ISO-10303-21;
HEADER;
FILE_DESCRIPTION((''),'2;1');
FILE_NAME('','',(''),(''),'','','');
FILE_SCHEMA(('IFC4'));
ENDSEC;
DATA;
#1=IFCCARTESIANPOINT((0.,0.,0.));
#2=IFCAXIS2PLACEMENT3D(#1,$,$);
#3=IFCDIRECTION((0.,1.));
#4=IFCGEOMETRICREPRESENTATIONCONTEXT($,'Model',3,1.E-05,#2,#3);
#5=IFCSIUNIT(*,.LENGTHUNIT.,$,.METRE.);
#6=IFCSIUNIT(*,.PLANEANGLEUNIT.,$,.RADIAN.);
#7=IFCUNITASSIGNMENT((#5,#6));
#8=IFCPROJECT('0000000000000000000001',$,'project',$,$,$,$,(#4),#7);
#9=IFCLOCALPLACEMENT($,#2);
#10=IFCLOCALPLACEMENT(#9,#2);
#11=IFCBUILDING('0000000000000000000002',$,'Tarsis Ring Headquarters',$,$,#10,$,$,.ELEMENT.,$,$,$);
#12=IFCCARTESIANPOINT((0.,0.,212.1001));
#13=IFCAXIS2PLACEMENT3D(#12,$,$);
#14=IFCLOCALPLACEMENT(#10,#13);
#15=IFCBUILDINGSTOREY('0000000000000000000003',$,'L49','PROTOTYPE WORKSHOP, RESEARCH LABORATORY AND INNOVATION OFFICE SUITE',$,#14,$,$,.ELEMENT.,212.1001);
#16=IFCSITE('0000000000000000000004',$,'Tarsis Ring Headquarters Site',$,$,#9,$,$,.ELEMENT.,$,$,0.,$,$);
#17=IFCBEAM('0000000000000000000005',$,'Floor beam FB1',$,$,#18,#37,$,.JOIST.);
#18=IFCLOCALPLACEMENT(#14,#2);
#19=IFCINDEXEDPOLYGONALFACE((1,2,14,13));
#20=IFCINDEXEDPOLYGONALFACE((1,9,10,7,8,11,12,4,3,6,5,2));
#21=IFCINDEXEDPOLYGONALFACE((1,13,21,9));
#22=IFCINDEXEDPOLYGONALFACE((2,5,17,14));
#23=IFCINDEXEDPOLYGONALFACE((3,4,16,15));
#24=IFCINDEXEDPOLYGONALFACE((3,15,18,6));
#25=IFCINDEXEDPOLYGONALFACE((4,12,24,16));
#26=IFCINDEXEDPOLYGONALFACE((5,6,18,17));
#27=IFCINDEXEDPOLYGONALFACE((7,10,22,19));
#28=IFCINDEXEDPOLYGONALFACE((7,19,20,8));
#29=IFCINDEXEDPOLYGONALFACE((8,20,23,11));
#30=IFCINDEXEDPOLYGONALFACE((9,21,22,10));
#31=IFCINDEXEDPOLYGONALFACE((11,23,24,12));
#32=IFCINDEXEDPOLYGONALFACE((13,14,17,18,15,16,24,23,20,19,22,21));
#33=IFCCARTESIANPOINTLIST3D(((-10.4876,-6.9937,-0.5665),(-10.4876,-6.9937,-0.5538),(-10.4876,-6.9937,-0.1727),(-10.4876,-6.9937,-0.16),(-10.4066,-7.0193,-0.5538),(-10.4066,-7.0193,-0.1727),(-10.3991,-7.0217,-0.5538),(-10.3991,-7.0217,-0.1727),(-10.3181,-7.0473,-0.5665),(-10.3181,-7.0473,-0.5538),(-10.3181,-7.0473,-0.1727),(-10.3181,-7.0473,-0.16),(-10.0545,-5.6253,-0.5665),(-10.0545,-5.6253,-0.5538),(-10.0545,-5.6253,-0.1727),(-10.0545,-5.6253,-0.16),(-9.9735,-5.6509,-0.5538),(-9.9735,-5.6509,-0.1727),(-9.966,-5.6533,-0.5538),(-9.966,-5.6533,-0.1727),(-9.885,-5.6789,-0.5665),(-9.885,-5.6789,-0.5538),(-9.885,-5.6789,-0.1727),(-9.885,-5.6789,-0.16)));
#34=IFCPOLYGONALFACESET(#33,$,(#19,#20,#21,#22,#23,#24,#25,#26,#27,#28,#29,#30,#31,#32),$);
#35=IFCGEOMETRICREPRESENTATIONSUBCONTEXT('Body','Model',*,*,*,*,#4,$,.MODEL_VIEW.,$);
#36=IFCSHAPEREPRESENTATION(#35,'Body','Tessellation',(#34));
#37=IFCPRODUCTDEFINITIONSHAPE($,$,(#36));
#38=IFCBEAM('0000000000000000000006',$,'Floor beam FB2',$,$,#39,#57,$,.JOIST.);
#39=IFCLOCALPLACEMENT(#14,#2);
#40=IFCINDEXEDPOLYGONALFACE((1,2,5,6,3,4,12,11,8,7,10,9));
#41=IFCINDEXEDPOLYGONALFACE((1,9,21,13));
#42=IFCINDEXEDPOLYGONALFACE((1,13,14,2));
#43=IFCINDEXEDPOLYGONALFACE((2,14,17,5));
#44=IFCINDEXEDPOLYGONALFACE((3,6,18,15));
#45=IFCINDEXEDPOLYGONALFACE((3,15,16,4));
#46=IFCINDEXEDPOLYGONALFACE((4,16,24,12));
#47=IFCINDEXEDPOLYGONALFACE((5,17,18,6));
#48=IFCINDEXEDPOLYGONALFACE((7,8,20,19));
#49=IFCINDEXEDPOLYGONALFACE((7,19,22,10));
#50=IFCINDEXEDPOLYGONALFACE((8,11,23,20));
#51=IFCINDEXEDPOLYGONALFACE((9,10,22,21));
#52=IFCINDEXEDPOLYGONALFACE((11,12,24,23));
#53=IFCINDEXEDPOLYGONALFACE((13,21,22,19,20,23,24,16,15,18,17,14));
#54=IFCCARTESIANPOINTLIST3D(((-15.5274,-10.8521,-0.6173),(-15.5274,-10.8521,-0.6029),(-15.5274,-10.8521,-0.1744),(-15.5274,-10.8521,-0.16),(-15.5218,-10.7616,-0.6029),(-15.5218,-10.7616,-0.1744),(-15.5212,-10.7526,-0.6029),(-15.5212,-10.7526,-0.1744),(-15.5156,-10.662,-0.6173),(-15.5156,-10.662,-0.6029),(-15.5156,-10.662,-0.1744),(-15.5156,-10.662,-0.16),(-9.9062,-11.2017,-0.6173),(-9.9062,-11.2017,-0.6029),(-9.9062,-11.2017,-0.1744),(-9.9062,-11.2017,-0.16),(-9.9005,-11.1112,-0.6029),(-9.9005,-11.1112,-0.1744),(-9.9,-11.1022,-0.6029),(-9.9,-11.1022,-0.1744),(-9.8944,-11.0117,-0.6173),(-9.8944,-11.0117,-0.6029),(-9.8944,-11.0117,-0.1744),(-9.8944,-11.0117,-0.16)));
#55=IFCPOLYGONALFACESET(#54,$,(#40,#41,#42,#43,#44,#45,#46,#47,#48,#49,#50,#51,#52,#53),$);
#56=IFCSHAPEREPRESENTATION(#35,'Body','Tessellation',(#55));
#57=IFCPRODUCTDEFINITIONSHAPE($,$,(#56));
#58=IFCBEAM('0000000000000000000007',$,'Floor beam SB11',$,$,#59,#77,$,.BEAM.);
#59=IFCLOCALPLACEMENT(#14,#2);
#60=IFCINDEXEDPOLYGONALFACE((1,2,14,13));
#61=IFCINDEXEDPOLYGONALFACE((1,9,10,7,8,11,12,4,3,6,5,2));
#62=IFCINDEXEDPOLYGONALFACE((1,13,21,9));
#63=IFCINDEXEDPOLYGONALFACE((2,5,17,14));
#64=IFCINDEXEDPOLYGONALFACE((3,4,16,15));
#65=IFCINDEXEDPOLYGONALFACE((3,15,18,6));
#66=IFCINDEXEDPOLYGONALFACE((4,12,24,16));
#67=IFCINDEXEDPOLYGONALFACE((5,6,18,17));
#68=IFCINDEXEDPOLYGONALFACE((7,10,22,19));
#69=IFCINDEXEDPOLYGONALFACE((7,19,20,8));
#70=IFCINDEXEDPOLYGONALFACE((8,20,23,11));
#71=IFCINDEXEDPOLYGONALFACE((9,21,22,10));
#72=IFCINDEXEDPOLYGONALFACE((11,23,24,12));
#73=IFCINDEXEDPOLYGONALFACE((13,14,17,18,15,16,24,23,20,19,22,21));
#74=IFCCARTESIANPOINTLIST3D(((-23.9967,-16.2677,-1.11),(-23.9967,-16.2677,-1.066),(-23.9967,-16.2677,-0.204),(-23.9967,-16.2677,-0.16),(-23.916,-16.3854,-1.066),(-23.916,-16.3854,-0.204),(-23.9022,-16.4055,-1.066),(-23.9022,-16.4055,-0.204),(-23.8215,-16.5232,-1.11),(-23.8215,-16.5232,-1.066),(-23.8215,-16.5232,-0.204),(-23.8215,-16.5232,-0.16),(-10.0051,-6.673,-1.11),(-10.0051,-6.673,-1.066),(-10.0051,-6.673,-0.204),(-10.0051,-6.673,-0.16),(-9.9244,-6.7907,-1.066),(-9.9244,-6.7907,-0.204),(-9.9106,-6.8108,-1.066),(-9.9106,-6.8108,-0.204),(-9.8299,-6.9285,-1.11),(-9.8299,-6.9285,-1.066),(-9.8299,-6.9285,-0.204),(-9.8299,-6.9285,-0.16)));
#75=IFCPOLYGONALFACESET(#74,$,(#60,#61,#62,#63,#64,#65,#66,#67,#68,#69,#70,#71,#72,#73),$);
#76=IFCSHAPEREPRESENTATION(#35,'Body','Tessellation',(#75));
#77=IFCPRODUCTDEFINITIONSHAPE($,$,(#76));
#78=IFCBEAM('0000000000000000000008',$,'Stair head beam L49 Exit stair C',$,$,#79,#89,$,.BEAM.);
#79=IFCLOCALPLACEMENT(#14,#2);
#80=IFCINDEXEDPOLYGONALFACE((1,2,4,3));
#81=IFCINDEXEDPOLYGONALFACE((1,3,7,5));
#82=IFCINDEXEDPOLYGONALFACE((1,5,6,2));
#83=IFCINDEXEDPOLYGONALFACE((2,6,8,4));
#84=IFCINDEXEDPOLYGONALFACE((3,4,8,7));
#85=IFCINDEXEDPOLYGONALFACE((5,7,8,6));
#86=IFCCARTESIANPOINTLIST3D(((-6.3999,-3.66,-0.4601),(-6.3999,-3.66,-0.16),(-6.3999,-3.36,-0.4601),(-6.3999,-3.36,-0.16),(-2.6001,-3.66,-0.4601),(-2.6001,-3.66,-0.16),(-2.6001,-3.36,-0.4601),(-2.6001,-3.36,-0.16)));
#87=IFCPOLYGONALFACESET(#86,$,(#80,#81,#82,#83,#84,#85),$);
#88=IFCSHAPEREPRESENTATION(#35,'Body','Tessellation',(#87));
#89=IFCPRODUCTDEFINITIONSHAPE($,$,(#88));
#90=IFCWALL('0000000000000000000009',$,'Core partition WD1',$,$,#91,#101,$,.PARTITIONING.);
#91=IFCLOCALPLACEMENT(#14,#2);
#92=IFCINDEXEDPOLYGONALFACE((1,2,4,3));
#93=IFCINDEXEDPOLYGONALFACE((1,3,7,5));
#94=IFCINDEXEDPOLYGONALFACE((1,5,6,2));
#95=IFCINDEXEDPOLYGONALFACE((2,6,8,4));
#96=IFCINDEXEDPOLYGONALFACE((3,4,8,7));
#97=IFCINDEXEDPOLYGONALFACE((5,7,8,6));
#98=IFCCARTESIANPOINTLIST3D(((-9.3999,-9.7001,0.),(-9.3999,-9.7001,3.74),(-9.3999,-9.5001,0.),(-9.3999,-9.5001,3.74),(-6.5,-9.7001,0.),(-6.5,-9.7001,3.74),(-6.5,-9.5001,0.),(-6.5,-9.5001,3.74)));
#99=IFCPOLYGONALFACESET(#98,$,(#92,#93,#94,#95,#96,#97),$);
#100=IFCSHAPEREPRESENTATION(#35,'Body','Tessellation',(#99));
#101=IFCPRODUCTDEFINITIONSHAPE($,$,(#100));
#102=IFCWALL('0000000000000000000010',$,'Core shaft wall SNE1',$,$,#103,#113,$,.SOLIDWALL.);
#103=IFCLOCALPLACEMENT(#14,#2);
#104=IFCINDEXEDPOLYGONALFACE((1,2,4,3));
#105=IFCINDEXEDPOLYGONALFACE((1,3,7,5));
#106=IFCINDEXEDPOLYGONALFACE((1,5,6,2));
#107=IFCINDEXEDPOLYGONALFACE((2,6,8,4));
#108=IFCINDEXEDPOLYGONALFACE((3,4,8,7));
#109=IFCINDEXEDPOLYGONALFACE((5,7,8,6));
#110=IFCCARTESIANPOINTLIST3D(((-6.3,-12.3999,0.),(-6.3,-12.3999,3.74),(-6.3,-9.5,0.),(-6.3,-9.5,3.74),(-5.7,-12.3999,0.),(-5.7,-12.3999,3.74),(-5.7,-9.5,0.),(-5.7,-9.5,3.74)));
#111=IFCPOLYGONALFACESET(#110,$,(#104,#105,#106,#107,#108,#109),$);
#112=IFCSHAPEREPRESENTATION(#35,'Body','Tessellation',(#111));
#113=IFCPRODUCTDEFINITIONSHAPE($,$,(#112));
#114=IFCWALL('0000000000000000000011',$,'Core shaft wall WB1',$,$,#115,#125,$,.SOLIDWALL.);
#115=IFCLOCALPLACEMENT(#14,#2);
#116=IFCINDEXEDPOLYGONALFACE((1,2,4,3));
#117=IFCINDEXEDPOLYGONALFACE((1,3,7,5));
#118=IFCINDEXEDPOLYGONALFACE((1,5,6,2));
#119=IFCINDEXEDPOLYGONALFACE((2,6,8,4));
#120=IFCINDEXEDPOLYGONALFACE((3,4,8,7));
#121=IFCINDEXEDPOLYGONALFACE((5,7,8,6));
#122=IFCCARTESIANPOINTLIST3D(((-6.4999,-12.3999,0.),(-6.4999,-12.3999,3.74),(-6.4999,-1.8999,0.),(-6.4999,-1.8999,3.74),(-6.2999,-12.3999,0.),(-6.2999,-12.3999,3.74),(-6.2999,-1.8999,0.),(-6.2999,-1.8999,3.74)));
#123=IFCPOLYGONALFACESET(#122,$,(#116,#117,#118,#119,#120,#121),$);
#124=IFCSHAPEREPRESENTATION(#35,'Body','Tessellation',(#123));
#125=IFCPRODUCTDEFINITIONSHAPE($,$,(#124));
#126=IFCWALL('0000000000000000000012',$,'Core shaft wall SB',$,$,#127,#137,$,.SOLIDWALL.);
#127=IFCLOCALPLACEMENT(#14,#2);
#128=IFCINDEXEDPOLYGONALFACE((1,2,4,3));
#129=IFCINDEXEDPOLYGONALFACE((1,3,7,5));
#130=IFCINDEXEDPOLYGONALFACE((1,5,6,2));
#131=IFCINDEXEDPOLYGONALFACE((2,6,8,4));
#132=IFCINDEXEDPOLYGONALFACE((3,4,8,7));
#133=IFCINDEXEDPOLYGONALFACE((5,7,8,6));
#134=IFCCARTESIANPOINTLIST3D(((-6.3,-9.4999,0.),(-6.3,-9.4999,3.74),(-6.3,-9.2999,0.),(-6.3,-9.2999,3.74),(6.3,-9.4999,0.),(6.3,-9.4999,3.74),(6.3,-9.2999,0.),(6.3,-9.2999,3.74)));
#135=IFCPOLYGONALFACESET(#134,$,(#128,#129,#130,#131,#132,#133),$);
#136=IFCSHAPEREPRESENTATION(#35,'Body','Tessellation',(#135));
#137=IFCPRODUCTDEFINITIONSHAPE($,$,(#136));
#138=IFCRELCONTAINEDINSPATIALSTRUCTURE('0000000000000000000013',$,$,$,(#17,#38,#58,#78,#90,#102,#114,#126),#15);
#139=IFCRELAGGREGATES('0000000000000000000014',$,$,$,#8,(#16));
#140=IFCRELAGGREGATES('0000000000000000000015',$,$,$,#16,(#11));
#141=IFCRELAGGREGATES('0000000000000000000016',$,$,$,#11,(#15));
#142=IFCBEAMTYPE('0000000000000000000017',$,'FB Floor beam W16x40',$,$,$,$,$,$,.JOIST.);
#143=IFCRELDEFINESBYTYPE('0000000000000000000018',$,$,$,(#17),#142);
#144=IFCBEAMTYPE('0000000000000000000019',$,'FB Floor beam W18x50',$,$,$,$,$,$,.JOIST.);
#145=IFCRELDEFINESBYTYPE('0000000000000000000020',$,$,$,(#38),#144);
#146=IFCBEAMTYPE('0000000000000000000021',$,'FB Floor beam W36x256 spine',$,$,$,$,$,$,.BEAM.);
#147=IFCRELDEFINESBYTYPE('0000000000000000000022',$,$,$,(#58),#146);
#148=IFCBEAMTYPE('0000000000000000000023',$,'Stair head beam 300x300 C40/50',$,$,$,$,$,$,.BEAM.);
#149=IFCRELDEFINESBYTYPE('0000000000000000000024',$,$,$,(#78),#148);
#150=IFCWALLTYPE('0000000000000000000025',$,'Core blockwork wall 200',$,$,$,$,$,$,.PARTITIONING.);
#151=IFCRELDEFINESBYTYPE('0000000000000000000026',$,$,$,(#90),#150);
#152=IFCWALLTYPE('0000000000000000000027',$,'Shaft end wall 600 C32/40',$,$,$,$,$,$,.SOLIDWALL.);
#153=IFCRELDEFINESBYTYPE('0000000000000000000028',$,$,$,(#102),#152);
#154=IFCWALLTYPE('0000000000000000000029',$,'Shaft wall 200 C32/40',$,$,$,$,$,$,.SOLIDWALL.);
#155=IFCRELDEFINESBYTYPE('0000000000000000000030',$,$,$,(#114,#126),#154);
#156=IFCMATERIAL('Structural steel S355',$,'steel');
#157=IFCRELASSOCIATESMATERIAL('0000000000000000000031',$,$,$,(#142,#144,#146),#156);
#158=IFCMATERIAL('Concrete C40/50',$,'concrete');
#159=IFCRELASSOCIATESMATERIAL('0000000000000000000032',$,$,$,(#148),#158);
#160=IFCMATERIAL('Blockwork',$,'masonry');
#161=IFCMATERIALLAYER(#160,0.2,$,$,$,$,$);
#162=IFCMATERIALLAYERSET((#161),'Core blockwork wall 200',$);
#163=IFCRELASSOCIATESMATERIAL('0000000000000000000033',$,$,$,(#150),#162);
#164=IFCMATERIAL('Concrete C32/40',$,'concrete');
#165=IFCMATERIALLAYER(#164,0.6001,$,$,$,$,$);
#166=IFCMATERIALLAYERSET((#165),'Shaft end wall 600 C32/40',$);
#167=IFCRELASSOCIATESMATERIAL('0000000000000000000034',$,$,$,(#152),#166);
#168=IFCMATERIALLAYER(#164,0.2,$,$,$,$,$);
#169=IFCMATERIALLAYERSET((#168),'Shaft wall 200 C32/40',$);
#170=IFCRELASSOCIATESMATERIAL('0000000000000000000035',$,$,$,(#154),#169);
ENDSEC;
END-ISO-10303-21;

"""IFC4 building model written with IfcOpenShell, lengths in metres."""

from ifc_helpers import new_model, si_unit, direction, frame, frame_2d, origin, origin_2d, place, context, subcontext, project, spatial, rectangle, i_section, extrude, material, layer, layer_set, material_profile, profile_set, type_object, element, save


model = new_model("IFC4")

# Units and contexts
model_context = context("Model", 3, precision=1e-05, world=origin(), true_north=direction((0.0, 1.0)))
body_context = subcontext(model_context, "Body", "Model", "MODEL_VIEW")
ifc_project = project(units=[si_unit("LENGTHUNIT", "METRE"), si_unit("PLANEANGLEUNIT", "RADIAN")], contexts=[model_context])

# Site, building, storey
site_placement = place(None, origin())
site = spatial("IfcSite", under=ifc_project, at=site_placement, Name="Tarsis Ring Headquarters Site", CompositionType="ELEMENT", RefElevation=0.0)
building_placement = place(site_placement, origin())
building = spatial("IfcBuilding", under=site, at=building_placement, Name="Tarsis Ring Headquarters", CompositionType="ELEMENT")
storey_placement = place(building_placement, frame((0.0, 0.0, 212.1001)))
storey = spatial("IfcBuildingStorey", under=building, at=storey_placement, Name="L49", Description="PROTOTYPE WORKSHOP, RESEARCH LABORATORY AND INNOVATION OFFICE SUITE", CompositionType="ELEMENT", Elevation=212.1001)

# Beams
ifc_material_1 = material(Name="Structural steel S355", Category="steel")
ifc_material_profile_1 = material_profile(ifc_material_1, i_section(OverallWidth=0.1777, OverallDepth=0.4065, WebThickness=0.0078, FlangeThickness=0.0127, at=origin_2d()), Name="W16x40")
ifc_profile_set_1 = profile_set([ifc_material_profile_1], Name="Structural steel S355")
beam_type_1 = type_object("IfcBeamType", Name="FB Floor beam W16x40", PredefinedType="JOIST", material=ifc_profile_set_1)
beam_1_placement = place(storey_placement, frame((-9.9697, -5.6521, -0.3633), z_axis=(-0.30175, -0.953387, 0.0), x_axis=(0.953387, -0.30175, 0.0)))
element("IfcBeam", 1, at=beam_1_placement, inside=storey, type_object=beam_type_1, Name="Floor beam FB1", PredefinedType="JOIST", context=body_context, shape_type="SweptSolid", body=[
    extrude(i_section(OverallWidth=0.1777, OverallDepth=0.4065, WebThickness=0.0078, FlangeThickness=0.0127, at=origin_2d()), origin(), (0.0, 0.0, 1.0), 1.4353),
])
ifc_material_profile_2 = material_profile(ifc_material_1, i_section(OverallWidth=0.1904, OverallDepth=0.4573, WebThickness=0.009, FlangeThickness=0.0144, at=origin_2d()), Name="W18x50")
ifc_profile_set_2 = profile_set([ifc_material_profile_2], Name="Structural steel S355")
beam_type_2 = type_object("IfcBeamType", Name="FB Floor beam W18x50", PredefinedType="JOIST", material=ifc_profile_set_2)
beam_2_placement = place(storey_placement, frame((-15.5215, -10.7571, -0.3887), z_axis=(0.998072, -0.062073, 0.0), x_axis=(0.062073, 0.998072, 0.0)))
element("IfcBeam", 2, at=beam_2_placement, inside=storey, type_object=beam_type_2, Name="Floor beam FB2", PredefinedType="JOIST", context=body_context, shape_type="SweptSolid", body=[
    extrude(i_section(OverallWidth=0.1904, OverallDepth=0.4573, WebThickness=0.009, FlangeThickness=0.0144, at=origin_2d()), origin(), (0.0, 0.0, 1.0), 5.6321),
])
ifc_material_profile_3 = material_profile(ifc_material_1, i_section(OverallWidth=0.3098, OverallDepth=0.95, WebThickness=0.0244, FlangeThickness=0.0439, at=origin_2d()), Name="W36x256")
ifc_profile_set_3 = profile_set([ifc_material_profile_3], Name="Structural steel S355")
beam_type_3 = type_object("IfcBeamType", Name="FB Floor beam W36x256 spine", PredefinedType="BEAM", material=ifc_profile_set_3)
beam_3_placement = place(storey_placement, frame((-9.9175, -6.8008, -0.635), z_axis=(-0.824717, -0.565545, 0.0), x_axis=(0.565545, -0.824717, 0.0)))
element("IfcBeam", 3, at=beam_3_placement, inside=storey, type_object=beam_type_3, Name="Floor beam SB11", PredefinedType="BEAM", context=body_context, shape_type="SweptSolid", body=[
    extrude(i_section(OverallWidth=0.3098, OverallDepth=0.95, WebThickness=0.0244, FlangeThickness=0.0439, at=origin_2d()), origin(), (0.0, 0.0, 1.0), 16.9653),
])
ifc_material_2 = material(Name="Concrete C40/50", Category="concrete")
ifc_material_profile_4 = material_profile(ifc_material_2, rectangle(XDim=0.3, YDim=0.3, at=origin_2d()), Name="Stair head beam 300x300 C40/50")
ifc_profile_set_4 = profile_set([ifc_material_profile_4], Name="Concrete C40/50")
beam_type_4 = type_object("IfcBeamType", Name="Stair head beam 300x300 C40/50", PredefinedType="BEAM", material=ifc_profile_set_4)
beam_4_placement = place(storey_placement, frame((-6.3999, -3.51, -0.3101), z_axis=(1.0, 0.0, 0.0), x_axis=(0.0, 1.0, 0.0)))
element("IfcBeam", 4, at=beam_4_placement, inside=storey, type_object=beam_type_4, Name="Stair head beam L49 Exit stair C", PredefinedType="BEAM", context=body_context, shape_type="SweptSolid", body=[
    extrude(rectangle(XDim=0.3, YDim=0.3, at=origin_2d()), origin(), (0.0, 0.0, 1.0), 3.7998),
])

# Walls
ifc_material_3 = material(Name="Blockwork", Category="masonry")
ifc_layer_1 = layer(ifc_material_3, 0.2)
ifc_layer_set_1 = layer_set([ifc_layer_1], Name="Core blockwork wall 200")
wall_type_1 = type_object("IfcWallType", Name="Core blockwork wall 200", PredefinedType="PARTITIONING", material=ifc_layer_set_1)
wall_1_placement = place(storey_placement, frame((-9.3999, -9.6001, 0.0), z_axis=(0.0, 0.0, 1.0), x_axis=(1.0, 0.0, 0.0)))
element("IfcWall", 5, at=wall_1_placement, inside=storey, type_object=wall_type_1, Name="Core partition WD1", PredefinedType="PARTITIONING", context=body_context, shape_type="SweptSolid", body=[
    extrude(rectangle(XDim=2.8999, YDim=0.2, at=frame_2d((1.45, 0.0))), origin(), (0.0, 0.0, 1.0), 3.74),
])
ifc_material_4 = material(Name="Concrete C32/40", Category="concrete")
ifc_layer_2 = layer(ifc_material_4, 0.6001)
ifc_layer_set_2 = layer_set([ifc_layer_2], Name="Shaft end wall 600 C32/40")
wall_type_2 = type_object("IfcWallType", Name="Shaft end wall 600 C32/40", PredefinedType="SOLIDWALL", material=ifc_layer_set_2)
wall_2_placement = place(storey_placement, frame((-6.0, -12.3999, 0.0), z_axis=(0.0, 0.0, 1.0), x_axis=(0.0, 1.0, 0.0)))
element("IfcWall", 6, at=wall_2_placement, inside=storey, type_object=wall_type_2, Name="Core shaft wall SNE1", PredefinedType="SOLIDWALL", context=body_context, shape_type="SweptSolid", body=[
    extrude(rectangle(XDim=2.8999, YDim=0.6001, at=frame_2d((1.45, 0.0))), origin(), (0.0, 0.0, 1.0), 3.74),
])
ifc_layer_3 = layer(ifc_material_4, 0.2)
ifc_layer_set_3 = layer_set([ifc_layer_3], Name="Shaft wall 200 C32/40")
wall_type_3 = type_object("IfcWallType", Name="Shaft wall 200 C32/40", PredefinedType="SOLIDWALL", material=ifc_layer_set_3)
wall_3_placement = place(storey_placement, frame((-6.3999, -12.3999, 0.0), z_axis=(0.0, 0.0, 1.0), x_axis=(0.0, 1.0, 0.0)))
element("IfcWall", 7, at=wall_3_placement, inside=storey, type_object=wall_type_3, Name="Core shaft wall WB1", PredefinedType="SOLIDWALL", context=body_context, shape_type="SweptSolid", body=[
    extrude(rectangle(XDim=10.5, YDim=0.2, at=frame_2d((5.25, 0.0))), origin(), (0.0, 0.0, 1.0), 3.74),
])
wall_4_placement = place(storey_placement, frame((-6.3, -9.3999, 0.0), z_axis=(0.0, 0.0, 1.0), x_axis=(1.0, 0.0, 0.0)))
element("IfcWall", 8, at=wall_4_placement, inside=storey, type_object=wall_type_3, Name="Core shaft wall SB", PredefinedType="SOLIDWALL", context=body_context, shape_type="SweptSolid", body=[
    extrude(rectangle(XDim=12.6001, YDim=0.2, at=frame_2d((6.3, 0.0))), origin(), (0.0, 0.0, 1.0), 3.74),
])

save(model, "model.ifc")
